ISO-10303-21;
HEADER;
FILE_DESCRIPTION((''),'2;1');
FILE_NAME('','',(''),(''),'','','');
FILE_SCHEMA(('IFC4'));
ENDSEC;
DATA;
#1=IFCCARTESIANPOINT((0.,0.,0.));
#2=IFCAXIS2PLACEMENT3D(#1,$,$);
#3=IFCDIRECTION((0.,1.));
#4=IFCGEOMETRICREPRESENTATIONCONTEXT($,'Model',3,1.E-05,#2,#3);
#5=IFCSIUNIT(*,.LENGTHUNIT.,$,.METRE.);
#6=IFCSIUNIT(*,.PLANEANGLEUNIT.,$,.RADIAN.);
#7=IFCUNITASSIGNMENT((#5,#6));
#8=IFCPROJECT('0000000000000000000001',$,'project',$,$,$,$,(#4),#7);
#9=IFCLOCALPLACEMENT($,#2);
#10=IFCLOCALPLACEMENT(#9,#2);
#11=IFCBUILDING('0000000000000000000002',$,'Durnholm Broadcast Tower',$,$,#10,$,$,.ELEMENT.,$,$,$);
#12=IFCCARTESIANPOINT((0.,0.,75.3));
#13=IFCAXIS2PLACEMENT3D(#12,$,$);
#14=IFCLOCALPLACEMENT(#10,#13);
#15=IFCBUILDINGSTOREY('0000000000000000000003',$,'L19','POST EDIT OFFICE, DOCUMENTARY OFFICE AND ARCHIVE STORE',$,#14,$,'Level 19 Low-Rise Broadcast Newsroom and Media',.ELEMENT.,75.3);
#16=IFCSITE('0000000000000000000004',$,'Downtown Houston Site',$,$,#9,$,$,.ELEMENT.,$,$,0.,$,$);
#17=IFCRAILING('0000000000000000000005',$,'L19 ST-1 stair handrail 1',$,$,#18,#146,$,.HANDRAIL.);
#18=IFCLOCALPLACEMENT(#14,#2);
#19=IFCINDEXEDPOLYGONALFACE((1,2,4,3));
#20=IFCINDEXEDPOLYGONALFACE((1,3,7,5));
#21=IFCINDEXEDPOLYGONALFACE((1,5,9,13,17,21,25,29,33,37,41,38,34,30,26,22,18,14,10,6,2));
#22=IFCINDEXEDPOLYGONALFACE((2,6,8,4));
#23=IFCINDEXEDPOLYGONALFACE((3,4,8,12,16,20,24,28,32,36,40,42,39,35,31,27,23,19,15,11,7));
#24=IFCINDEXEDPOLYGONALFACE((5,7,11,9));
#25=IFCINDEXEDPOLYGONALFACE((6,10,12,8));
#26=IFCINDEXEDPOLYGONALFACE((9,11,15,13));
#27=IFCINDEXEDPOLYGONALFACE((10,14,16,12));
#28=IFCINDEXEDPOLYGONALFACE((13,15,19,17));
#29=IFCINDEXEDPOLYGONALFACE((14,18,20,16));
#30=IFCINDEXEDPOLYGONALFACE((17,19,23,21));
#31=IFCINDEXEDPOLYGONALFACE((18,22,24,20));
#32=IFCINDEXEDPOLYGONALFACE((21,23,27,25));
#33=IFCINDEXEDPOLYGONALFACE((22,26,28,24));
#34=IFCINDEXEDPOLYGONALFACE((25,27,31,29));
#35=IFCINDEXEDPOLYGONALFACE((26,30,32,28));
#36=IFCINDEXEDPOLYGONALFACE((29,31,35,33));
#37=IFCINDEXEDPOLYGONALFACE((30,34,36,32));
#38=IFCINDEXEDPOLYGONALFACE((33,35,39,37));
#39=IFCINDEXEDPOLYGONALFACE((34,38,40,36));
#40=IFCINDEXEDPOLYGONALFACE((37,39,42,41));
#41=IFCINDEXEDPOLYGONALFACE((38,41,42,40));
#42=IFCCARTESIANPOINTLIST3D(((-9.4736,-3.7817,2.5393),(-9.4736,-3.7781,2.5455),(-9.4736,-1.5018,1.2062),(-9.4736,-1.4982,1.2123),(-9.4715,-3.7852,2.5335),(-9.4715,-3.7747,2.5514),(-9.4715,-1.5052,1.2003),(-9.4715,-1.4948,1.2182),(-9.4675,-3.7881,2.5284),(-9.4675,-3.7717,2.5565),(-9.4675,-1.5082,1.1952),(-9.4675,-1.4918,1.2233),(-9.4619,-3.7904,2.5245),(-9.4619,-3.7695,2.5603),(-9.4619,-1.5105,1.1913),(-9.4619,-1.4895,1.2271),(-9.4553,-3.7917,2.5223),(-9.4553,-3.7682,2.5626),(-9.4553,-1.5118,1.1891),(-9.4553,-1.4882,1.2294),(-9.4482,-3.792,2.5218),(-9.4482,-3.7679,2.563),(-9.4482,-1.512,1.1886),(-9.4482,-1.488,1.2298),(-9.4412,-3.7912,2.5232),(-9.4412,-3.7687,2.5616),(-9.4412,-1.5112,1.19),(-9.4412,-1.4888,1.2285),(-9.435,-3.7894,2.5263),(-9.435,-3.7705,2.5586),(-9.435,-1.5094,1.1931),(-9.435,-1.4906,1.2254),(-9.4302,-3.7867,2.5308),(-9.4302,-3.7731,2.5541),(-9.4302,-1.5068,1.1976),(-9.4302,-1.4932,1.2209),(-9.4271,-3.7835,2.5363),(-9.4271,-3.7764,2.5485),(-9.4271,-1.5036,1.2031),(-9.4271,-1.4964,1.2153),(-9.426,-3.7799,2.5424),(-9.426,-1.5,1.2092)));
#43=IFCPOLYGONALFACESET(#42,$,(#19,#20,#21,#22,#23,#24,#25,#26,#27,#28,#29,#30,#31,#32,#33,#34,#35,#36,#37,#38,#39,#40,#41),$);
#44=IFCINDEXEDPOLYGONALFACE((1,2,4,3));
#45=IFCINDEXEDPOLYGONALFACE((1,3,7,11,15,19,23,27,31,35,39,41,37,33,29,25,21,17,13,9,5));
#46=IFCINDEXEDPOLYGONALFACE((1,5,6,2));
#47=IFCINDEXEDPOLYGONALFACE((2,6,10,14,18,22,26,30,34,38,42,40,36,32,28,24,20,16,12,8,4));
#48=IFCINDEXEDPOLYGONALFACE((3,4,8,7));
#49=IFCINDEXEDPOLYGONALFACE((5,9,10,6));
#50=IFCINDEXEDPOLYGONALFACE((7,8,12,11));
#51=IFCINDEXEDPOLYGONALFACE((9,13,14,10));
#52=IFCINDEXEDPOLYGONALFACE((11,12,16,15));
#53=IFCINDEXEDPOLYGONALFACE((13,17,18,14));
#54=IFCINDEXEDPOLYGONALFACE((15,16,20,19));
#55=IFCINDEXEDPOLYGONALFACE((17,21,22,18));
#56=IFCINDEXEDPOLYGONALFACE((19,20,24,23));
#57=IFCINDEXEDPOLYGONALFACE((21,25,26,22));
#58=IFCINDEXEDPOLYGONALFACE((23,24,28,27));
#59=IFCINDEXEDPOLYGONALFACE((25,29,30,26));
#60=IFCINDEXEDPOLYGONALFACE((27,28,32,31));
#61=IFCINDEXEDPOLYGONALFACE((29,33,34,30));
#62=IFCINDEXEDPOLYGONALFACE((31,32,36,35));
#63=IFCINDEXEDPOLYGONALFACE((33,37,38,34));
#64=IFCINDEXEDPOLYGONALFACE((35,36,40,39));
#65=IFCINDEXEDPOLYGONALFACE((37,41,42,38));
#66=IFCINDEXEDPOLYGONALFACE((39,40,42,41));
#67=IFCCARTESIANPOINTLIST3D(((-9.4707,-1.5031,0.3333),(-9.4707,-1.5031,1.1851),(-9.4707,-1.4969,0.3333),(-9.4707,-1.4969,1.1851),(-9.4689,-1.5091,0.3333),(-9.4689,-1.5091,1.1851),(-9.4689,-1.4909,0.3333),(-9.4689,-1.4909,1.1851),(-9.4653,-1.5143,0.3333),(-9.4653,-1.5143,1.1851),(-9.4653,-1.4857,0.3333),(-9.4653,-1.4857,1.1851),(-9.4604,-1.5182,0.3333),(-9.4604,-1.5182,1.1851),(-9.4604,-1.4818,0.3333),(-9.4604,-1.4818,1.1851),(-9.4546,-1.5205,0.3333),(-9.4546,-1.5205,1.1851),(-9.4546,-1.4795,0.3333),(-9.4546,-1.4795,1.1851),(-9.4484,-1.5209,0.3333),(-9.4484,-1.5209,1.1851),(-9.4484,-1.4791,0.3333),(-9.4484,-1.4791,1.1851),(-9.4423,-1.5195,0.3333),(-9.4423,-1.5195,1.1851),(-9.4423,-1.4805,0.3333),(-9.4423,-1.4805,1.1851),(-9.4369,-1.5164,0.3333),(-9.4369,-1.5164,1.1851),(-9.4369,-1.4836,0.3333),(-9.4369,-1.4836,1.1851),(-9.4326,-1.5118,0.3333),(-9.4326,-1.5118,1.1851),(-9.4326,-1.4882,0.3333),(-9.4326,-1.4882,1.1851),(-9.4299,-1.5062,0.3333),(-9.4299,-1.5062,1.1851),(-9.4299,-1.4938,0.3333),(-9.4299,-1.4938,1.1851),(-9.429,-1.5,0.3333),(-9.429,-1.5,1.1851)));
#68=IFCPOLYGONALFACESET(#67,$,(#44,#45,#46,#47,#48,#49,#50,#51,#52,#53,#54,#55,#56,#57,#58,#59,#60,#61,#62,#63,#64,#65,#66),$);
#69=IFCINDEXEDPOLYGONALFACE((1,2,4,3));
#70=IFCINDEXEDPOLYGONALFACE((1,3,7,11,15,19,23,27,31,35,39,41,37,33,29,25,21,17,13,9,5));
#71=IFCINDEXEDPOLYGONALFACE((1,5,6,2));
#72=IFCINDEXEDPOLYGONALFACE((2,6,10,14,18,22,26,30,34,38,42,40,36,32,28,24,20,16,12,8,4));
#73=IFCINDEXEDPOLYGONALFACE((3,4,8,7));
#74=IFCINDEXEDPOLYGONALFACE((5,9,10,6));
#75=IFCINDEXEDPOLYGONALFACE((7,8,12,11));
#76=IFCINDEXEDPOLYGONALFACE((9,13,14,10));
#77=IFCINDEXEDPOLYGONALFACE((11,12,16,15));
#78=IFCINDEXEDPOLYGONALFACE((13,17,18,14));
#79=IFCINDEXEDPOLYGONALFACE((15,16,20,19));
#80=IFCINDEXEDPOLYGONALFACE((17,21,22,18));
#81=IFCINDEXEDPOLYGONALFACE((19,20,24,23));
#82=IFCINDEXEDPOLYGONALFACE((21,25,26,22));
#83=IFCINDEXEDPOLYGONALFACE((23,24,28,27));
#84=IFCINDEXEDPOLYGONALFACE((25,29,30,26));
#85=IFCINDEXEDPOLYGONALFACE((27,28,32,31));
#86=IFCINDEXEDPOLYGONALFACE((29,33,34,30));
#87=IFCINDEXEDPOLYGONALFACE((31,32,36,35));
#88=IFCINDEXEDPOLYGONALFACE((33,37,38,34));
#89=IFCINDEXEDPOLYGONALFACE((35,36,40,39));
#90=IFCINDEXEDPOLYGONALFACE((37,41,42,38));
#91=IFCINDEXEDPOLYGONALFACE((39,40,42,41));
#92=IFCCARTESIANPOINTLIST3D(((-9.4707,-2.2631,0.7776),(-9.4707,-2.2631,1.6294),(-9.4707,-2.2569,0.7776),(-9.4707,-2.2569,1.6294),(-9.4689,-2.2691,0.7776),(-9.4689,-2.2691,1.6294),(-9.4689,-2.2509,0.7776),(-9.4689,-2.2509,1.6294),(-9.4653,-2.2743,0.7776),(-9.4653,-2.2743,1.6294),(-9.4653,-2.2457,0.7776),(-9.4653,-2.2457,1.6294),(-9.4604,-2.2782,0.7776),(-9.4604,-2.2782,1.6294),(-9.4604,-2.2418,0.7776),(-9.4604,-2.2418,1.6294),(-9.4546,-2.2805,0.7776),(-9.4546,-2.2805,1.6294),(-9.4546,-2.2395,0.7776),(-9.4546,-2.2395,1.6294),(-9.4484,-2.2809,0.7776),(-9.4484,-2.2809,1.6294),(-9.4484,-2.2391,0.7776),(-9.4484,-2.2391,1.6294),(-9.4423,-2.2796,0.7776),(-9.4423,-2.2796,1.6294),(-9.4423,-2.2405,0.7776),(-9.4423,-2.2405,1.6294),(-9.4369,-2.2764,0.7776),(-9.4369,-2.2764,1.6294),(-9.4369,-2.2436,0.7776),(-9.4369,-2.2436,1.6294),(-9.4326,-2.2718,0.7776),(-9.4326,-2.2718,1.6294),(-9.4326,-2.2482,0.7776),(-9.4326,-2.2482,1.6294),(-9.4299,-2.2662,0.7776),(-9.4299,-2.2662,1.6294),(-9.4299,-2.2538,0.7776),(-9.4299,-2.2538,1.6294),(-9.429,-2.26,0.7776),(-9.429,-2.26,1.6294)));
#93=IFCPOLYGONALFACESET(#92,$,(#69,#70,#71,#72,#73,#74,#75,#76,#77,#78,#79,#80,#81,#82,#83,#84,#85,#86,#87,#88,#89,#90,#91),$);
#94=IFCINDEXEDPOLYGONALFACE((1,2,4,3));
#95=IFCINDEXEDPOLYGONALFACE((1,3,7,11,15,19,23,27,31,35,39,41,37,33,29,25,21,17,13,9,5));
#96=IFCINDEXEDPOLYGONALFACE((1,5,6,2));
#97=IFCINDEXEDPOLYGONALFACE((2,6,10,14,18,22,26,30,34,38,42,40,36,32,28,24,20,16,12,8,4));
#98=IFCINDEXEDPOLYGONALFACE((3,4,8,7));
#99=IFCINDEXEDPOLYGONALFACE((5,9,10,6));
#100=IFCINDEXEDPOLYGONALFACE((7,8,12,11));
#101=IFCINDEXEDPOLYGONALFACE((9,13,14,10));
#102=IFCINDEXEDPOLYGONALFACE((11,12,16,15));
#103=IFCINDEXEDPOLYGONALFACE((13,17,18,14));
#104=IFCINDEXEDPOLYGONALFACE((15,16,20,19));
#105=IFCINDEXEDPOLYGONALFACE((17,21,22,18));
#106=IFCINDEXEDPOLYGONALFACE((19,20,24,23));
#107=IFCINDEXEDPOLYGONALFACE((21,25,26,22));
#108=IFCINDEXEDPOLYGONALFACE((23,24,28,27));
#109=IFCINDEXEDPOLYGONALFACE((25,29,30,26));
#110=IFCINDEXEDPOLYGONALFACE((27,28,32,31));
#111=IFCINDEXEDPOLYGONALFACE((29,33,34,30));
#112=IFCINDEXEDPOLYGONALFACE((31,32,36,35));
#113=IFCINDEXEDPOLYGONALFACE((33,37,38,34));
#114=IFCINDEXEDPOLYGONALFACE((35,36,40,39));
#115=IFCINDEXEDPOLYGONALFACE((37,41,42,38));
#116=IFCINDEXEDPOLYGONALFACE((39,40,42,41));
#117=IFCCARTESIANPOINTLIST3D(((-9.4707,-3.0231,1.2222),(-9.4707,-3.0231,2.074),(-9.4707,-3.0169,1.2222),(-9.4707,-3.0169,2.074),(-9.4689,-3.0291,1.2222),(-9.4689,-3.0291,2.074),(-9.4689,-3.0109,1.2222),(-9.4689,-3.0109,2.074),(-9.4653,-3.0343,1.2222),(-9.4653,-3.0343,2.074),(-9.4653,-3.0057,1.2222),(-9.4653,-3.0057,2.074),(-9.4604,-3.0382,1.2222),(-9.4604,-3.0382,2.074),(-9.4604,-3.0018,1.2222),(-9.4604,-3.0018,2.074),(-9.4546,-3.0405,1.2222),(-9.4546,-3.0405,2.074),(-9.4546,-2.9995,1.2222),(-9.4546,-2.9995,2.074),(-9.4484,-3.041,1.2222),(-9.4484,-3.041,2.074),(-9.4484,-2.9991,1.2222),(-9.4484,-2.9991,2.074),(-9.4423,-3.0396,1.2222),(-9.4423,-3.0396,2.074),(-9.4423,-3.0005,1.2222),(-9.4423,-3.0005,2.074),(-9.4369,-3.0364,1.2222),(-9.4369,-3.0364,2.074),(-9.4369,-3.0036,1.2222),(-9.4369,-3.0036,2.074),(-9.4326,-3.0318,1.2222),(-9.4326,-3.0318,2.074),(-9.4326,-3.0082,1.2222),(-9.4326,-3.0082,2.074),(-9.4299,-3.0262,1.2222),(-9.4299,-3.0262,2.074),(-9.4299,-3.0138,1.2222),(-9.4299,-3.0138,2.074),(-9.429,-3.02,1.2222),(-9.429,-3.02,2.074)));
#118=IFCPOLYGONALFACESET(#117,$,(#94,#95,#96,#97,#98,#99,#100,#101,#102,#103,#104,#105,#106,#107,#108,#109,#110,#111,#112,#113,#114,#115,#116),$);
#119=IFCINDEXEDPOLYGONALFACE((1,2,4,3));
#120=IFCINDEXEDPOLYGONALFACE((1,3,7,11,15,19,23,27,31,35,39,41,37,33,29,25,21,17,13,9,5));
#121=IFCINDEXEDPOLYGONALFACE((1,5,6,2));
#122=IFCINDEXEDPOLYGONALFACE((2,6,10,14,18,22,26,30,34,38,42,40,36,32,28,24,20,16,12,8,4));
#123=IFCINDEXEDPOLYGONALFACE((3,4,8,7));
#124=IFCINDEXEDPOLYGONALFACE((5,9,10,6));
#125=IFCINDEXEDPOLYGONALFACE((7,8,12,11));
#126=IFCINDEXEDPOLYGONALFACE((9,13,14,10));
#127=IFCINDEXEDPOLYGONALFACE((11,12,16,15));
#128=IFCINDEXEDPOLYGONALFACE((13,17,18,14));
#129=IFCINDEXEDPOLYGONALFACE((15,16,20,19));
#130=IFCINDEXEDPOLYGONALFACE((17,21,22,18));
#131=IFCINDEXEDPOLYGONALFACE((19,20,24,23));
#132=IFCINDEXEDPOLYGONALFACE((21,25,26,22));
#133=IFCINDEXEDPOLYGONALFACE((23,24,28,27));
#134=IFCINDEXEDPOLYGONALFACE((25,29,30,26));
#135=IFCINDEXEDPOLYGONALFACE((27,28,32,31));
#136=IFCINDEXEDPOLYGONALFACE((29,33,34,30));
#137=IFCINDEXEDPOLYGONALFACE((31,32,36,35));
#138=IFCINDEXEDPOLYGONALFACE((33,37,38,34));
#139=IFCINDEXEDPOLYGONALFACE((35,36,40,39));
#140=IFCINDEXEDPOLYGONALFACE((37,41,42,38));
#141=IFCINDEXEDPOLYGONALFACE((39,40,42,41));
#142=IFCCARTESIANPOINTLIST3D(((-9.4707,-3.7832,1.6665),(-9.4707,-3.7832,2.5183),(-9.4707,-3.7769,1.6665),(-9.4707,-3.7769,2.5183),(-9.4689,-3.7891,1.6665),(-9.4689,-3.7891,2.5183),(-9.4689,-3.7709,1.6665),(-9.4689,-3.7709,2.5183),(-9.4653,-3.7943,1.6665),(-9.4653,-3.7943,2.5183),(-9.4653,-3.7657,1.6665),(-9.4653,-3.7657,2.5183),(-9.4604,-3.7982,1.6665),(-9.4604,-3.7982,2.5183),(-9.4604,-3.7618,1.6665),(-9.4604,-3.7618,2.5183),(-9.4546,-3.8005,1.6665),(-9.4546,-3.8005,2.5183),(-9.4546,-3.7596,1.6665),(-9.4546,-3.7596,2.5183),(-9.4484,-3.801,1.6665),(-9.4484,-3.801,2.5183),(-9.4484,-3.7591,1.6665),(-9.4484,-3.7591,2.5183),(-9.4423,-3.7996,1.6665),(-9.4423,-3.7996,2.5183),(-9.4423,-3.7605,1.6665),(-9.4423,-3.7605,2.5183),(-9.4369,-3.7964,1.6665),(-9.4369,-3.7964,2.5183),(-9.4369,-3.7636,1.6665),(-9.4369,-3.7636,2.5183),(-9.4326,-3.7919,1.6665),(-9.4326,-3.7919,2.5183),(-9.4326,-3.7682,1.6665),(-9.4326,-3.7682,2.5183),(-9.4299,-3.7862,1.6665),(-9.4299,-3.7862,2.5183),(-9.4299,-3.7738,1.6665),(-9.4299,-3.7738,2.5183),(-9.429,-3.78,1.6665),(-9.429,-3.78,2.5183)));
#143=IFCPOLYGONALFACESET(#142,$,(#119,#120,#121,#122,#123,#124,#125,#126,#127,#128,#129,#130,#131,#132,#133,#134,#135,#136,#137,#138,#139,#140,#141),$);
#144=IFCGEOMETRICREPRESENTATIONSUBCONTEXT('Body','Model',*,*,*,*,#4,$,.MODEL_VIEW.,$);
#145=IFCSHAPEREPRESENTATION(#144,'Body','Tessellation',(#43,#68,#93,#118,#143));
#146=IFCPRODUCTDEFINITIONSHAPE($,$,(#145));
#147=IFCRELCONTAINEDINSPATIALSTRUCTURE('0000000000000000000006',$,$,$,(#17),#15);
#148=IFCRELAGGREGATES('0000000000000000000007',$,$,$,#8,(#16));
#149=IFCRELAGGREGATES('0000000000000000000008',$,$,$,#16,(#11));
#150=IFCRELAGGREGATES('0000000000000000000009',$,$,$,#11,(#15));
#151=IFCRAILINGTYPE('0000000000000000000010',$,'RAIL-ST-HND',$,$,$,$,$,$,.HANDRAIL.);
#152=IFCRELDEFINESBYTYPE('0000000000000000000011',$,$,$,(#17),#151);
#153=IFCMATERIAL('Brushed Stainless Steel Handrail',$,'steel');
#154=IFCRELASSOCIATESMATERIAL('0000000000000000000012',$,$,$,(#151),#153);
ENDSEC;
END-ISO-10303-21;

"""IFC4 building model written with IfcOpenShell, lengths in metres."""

from ifc_helpers import new_model, si_unit, direction, frame, origin, origin_2d, place, context, subcontext, project, spatial, circle, extrude, material, type_object, element, save


model = new_model("IFC4")

# Units and contexts
model_context = context("Model", 3, precision=1e-05, world=origin(), true_north=direction((0.0, 1.0)))
body_context = subcontext(model_context, "Body", "Model", "MODEL_VIEW")
ifc_project = project(units=[si_unit("LENGTHUNIT", "METRE"), si_unit("PLANEANGLEUNIT", "RADIAN")], contexts=[model_context])

# Site, building, storey
site_placement = place(None, origin())
site = spatial("IfcSite", under=ifc_project, at=site_placement, Name="Downtown Houston Site", CompositionType="ELEMENT", RefElevation=0.0)
building_placement = place(site_placement, origin())
building = spatial("IfcBuilding", under=site, at=building_placement, Name="Durnholm Broadcast Tower", CompositionType="ELEMENT")
storey_placement = place(building_placement, frame((0.0, 0.0, 75.3)))
storey = spatial("IfcBuildingStorey", under=building, at=storey_placement, Name="L19", Description="POST EDIT OFFICE, DOCUMENTARY OFFICE AND ARCHIVE STORE", LongName="Level 19 Low-Rise Broadcast Newsroom and Media", CompositionType="ELEMENT", Elevation=75.3)

# Railing
ifc_material_1 = material(Name="Brushed Stainless Steel Handrail", Category="steel")
railing_type_1 = type_object("IfcRailingType", Name="RAIL-ST-HND", PredefinedType="HANDRAIL", material=ifc_material_1)
railing_1_placement = place(storey_placement, frame((-9.45, -1.5, 0.3333)))
element("IfcRailing", 1, at=railing_1_placement, inside=storey, type_object=railing_type_1, Name="L19 ST-1 stair handrail 1", PredefinedType="HANDRAIL", context=body_context, shape_type="SweptSolid", body=[
    extrude(circle(Radius=0.0239, at=origin_2d()), frame((0.0, 0.0, 0.876), z_axis=(0.0, -0.863245, 0.504785), x_axis=(1.0, 0.0, 0.0)), (0.0, 0.0, 1.0), 2.6411),
    extrude(circle(Radius=0.021, at=origin_2d()), origin(), (0.0, 0.0, 1.0), 0.8518),
    extrude(circle(Radius=0.021, at=origin_2d()), frame((0.0, -0.76, 0.4443)), (0.0, 0.0, 1.0), 0.8518),
    extrude(circle(Radius=0.021, at=origin_2d()), frame((0.0, -1.52, 0.8889)), (0.0, 0.0, 1.0), 0.8518),
    extrude(circle(Radius=0.021, at=origin_2d()), frame((0.0, -2.28, 1.3333)), (0.0, 0.0, 1.0), 0.8518),
])

save(model, "model.ifc")
